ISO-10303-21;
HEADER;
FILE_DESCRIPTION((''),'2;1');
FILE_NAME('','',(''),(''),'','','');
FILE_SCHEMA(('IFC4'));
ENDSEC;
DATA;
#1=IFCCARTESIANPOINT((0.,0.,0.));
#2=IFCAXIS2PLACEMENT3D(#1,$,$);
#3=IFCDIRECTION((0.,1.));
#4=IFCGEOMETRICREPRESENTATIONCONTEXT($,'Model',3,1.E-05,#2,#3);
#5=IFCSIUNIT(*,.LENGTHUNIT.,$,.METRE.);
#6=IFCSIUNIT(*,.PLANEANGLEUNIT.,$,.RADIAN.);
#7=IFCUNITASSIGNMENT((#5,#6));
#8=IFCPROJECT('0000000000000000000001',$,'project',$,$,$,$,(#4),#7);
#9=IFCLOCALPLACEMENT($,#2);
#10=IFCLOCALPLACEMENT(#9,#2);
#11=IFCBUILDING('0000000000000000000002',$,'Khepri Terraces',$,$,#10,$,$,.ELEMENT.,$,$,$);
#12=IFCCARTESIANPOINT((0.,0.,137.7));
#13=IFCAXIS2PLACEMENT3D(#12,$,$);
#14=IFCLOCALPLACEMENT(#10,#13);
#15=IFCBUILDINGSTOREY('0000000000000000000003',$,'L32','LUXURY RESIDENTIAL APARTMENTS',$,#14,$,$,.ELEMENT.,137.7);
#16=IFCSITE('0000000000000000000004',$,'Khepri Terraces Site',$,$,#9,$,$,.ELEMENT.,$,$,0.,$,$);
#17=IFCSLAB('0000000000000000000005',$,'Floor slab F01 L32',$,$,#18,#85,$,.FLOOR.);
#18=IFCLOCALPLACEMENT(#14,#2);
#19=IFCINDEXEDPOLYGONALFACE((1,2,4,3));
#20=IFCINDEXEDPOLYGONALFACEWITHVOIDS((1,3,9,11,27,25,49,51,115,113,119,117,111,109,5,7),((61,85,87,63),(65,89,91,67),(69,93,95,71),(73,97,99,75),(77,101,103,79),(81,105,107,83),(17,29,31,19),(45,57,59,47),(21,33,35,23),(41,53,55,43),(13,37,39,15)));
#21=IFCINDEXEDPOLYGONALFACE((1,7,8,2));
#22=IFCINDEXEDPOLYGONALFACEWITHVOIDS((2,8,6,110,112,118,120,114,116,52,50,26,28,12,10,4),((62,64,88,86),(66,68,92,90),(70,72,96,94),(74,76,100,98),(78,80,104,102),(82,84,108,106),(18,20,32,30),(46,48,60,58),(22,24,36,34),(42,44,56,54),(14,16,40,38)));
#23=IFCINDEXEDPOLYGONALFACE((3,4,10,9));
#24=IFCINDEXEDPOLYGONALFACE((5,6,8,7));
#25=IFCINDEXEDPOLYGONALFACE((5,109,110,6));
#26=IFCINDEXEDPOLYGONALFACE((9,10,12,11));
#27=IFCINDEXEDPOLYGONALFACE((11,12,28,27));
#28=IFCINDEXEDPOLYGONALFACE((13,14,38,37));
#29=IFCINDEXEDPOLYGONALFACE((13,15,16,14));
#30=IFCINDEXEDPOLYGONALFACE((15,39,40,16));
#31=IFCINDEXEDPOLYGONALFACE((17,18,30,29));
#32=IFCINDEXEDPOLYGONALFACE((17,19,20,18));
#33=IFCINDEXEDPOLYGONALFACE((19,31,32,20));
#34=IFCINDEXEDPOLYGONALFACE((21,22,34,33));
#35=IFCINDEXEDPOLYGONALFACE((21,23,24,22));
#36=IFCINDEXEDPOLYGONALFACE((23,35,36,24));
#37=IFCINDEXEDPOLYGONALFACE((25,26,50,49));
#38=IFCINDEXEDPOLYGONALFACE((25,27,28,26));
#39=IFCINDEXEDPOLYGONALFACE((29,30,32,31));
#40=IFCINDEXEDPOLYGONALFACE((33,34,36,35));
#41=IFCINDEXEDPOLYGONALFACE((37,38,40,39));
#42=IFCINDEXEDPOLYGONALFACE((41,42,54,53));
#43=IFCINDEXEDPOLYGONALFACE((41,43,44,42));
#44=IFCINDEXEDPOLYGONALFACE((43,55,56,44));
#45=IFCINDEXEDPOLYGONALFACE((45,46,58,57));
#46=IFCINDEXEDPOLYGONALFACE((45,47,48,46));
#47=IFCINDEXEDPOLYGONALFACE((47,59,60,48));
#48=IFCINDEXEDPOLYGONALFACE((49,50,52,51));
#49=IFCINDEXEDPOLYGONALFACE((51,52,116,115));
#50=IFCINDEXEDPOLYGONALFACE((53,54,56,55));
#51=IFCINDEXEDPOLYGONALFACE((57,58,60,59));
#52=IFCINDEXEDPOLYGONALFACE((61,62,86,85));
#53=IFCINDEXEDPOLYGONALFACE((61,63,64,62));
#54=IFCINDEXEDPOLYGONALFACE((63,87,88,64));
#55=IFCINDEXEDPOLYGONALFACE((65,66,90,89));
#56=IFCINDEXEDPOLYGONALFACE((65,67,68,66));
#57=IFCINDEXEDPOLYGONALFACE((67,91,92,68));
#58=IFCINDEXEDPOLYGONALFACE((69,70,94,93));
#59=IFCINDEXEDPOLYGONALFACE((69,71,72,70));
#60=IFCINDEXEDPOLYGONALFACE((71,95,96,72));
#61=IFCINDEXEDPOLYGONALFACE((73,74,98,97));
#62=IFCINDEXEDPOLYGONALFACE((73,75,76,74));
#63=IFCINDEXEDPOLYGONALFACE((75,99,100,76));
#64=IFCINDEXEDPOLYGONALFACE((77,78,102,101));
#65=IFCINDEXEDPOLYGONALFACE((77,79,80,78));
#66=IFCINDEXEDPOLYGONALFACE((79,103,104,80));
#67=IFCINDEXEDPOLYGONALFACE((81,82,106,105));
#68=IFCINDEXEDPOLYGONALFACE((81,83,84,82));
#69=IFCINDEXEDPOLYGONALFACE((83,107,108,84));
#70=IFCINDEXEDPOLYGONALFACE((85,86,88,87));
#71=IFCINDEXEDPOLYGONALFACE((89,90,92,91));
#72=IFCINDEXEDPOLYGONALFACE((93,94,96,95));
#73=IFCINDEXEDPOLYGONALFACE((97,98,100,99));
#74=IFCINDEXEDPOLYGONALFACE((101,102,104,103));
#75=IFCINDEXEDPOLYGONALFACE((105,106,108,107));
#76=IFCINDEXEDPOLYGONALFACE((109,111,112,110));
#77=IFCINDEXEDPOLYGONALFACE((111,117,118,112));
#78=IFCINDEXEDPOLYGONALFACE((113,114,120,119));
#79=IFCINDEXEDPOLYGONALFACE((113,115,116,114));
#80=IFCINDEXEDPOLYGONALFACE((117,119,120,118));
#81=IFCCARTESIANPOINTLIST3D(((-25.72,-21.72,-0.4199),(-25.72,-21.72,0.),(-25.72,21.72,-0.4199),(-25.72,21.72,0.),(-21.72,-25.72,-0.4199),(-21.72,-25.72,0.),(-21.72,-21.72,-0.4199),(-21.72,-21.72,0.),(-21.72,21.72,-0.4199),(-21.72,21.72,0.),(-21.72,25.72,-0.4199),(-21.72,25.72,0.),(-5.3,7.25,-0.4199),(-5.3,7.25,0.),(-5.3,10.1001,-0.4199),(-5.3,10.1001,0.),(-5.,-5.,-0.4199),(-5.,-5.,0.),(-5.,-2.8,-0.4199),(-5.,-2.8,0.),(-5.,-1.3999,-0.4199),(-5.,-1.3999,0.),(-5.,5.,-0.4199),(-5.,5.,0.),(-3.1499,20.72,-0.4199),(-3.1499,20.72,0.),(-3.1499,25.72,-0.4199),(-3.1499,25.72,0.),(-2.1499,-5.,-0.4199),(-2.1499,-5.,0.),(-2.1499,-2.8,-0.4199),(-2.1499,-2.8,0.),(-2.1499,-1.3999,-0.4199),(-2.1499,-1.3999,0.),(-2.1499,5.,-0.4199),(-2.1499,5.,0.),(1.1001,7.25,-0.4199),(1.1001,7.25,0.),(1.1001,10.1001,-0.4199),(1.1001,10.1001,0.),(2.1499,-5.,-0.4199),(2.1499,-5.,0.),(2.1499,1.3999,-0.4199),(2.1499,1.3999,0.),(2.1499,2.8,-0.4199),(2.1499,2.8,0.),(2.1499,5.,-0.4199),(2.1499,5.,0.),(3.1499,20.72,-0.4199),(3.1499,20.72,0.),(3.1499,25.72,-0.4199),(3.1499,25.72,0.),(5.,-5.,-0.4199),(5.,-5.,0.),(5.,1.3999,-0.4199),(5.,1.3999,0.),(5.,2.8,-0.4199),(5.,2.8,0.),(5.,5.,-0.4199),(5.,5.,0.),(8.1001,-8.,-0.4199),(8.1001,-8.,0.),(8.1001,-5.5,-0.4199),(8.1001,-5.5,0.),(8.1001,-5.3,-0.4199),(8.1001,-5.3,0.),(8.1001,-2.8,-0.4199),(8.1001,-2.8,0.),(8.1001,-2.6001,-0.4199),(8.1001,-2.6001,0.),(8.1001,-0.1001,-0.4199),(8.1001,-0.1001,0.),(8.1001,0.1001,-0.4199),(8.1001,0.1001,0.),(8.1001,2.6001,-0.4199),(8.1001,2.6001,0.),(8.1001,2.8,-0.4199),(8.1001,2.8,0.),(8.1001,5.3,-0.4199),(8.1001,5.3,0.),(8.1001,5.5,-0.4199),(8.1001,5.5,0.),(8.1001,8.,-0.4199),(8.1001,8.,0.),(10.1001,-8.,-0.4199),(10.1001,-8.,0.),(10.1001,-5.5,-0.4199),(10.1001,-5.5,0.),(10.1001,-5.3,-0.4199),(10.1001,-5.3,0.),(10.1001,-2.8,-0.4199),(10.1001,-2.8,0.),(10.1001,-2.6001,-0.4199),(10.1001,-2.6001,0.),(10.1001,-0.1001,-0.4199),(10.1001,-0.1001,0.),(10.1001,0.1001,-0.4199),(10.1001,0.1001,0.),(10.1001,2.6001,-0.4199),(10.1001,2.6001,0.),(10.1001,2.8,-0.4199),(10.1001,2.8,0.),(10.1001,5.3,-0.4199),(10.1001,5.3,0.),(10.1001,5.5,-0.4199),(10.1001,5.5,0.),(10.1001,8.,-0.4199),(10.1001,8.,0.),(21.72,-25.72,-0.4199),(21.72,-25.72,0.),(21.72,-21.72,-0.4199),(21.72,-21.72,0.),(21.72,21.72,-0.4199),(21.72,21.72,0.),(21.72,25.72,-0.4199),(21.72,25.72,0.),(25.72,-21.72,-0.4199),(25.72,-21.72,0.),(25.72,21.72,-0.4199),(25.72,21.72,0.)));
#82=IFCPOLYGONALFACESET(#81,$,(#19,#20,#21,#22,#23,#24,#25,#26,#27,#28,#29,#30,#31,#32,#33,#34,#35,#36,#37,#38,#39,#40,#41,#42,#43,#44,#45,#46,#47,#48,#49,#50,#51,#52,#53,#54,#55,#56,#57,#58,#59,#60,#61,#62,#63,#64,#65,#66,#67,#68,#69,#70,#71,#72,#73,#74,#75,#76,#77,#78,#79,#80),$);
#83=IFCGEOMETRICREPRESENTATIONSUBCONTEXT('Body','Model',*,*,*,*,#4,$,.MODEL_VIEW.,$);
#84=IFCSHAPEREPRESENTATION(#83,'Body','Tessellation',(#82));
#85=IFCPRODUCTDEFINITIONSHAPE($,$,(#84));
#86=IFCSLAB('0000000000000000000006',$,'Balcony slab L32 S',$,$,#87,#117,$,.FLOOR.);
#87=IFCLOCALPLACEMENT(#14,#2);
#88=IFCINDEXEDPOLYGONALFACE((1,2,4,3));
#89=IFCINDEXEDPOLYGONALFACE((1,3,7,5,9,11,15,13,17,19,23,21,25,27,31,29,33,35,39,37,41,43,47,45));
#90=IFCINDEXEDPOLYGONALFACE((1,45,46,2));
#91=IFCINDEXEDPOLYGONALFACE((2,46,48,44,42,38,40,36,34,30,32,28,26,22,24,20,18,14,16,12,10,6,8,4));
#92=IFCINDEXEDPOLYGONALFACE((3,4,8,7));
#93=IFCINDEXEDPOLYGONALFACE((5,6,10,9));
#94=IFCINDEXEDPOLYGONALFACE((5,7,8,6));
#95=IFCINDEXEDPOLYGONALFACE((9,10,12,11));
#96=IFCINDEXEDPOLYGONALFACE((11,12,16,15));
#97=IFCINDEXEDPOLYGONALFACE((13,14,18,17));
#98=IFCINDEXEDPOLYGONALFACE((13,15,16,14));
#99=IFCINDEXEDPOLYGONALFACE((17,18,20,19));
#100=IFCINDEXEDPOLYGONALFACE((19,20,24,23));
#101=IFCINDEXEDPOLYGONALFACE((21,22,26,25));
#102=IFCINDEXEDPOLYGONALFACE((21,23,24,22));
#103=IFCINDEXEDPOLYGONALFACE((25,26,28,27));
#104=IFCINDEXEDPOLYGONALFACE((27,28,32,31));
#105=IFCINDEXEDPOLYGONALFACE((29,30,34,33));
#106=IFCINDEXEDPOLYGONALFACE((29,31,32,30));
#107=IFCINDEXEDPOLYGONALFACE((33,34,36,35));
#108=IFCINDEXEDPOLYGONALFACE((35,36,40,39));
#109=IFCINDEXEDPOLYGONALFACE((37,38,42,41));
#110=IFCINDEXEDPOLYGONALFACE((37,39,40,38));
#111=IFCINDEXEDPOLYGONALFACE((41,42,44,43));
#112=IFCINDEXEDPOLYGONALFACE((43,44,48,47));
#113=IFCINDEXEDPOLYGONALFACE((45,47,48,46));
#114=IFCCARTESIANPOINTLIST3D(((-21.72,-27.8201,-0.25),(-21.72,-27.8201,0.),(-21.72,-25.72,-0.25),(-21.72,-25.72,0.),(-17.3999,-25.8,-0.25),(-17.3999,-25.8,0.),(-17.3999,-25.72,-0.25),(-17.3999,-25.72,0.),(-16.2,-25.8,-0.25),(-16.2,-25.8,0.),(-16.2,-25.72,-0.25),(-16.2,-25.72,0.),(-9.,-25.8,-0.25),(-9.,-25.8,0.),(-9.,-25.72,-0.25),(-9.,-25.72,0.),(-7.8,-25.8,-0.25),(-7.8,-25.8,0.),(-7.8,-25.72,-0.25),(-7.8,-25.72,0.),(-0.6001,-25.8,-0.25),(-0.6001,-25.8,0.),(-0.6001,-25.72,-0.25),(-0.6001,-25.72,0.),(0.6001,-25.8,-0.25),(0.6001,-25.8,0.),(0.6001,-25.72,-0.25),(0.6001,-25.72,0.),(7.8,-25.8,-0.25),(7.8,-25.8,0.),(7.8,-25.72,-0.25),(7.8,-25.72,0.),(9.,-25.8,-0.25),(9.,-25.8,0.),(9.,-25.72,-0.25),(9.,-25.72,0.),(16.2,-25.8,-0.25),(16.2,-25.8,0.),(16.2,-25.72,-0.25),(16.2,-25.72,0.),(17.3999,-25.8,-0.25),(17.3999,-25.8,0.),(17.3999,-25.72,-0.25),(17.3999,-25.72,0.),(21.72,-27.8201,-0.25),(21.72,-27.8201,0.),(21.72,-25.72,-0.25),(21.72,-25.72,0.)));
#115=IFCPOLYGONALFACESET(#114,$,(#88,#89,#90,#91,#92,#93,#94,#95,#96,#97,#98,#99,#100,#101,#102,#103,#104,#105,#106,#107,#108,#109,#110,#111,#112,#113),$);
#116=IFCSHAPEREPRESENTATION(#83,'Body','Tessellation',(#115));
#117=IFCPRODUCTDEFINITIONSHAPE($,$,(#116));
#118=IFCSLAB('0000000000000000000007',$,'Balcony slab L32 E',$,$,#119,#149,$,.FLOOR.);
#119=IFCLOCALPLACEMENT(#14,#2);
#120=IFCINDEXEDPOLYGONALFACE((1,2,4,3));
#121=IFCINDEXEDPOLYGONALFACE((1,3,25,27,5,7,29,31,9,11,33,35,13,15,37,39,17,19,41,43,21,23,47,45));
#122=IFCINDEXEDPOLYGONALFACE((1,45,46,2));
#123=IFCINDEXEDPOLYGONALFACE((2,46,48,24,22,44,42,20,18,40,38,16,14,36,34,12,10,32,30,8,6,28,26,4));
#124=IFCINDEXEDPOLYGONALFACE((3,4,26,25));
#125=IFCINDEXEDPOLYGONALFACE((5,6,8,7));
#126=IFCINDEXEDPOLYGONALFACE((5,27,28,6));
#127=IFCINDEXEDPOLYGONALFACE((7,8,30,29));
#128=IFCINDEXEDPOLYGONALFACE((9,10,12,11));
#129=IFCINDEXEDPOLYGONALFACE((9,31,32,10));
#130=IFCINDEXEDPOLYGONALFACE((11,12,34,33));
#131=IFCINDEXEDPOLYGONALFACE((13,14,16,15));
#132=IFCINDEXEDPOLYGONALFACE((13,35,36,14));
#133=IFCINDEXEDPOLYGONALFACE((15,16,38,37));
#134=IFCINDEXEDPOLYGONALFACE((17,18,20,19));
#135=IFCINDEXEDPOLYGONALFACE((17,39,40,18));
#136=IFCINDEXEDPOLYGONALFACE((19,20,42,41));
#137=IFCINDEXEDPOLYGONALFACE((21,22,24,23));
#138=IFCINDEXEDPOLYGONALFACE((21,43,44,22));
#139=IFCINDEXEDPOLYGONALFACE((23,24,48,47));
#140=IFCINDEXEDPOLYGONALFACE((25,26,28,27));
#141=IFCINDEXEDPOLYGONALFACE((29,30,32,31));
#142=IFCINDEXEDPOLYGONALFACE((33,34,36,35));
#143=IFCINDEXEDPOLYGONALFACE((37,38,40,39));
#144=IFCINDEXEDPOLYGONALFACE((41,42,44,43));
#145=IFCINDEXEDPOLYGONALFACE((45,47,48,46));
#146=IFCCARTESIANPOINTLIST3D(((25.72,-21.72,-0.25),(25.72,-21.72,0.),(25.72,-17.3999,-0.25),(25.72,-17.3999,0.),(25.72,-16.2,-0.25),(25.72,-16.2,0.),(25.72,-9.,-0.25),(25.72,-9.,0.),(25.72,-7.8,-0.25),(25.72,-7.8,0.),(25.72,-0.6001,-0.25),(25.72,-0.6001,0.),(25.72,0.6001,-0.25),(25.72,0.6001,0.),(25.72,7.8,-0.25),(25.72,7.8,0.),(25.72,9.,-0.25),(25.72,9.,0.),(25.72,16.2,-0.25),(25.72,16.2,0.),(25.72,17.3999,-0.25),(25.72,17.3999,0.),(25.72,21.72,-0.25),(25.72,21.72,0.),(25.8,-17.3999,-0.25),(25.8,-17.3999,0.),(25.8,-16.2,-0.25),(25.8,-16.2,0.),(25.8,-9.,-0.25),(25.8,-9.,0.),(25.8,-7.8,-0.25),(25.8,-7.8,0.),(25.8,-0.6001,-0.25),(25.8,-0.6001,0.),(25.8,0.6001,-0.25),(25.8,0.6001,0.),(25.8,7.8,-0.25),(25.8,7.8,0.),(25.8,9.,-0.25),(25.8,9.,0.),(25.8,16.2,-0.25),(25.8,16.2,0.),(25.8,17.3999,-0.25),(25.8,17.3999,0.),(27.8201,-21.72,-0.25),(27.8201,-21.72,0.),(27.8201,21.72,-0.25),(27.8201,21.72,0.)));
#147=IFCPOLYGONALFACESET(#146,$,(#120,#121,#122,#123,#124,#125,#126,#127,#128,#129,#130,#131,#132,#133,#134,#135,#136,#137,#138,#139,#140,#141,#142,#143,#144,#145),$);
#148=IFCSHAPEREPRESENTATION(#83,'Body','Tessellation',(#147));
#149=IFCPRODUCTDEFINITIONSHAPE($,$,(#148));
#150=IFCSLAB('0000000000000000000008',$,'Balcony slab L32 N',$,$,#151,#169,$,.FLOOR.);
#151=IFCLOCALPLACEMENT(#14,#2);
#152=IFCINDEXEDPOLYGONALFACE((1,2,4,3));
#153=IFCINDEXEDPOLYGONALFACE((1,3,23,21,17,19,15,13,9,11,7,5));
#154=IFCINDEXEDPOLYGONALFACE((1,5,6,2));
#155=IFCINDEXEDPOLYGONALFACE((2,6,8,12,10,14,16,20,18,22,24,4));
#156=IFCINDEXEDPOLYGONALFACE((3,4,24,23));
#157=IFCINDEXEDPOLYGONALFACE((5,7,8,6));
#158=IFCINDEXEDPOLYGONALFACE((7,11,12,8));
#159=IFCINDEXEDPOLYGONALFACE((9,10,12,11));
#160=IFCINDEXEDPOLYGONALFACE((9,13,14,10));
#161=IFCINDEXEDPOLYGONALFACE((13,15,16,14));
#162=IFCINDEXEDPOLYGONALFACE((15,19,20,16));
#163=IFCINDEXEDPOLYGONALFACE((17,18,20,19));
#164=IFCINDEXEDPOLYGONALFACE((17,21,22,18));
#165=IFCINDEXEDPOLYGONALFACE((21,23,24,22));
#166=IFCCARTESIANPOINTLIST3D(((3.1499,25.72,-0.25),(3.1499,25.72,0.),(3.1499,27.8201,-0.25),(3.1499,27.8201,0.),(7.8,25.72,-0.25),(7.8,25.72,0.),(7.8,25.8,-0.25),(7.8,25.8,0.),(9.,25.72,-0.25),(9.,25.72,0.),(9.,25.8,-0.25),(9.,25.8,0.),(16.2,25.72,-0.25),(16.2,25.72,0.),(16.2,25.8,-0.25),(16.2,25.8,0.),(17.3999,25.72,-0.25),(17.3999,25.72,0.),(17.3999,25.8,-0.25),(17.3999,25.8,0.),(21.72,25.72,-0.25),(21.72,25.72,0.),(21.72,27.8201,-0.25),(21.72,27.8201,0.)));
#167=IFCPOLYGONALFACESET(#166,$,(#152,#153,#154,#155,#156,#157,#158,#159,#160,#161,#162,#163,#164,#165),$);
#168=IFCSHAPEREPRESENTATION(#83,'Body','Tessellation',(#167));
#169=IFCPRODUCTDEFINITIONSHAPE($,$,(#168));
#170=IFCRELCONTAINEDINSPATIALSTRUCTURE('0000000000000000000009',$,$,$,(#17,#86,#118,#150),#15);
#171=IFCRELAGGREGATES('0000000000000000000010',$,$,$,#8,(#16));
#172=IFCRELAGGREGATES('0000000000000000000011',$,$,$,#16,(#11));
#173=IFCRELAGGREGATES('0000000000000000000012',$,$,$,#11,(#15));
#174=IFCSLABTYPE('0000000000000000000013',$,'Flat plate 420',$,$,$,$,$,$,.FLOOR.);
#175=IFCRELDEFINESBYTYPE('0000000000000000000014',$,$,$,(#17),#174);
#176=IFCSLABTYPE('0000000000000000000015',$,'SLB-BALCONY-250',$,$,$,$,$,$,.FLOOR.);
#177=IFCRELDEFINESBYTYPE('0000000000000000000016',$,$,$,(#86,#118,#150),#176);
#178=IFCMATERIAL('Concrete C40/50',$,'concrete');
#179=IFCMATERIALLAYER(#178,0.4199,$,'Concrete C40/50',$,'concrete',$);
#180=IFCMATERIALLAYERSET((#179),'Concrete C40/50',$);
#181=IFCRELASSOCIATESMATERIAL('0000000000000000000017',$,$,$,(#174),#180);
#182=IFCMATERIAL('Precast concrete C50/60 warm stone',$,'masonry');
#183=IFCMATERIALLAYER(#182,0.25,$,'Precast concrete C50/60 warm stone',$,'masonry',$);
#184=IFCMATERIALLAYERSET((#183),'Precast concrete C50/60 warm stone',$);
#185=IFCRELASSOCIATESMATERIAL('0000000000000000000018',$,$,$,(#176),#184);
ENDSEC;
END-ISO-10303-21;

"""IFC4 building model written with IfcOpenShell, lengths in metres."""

from ifc_helpers import new_model, si_unit, direction, frame, origin, place, context, subcontext, project, spatial, polyline, outline, extrude, material, layer, layer_set, type_object, element, save


model = new_model("IFC4")

# Units and contexts
model_context = context("Model", 3, precision=1e-05, world=origin(), true_north=direction((0.0, 1.0)))
body_context = subcontext(model_context, "Body", "Model", "MODEL_VIEW")
ifc_project = project(units=[si_unit("LENGTHUNIT", "METRE"), si_unit("PLANEANGLEUNIT", "RADIAN")], contexts=[model_context])

# Site, building, storey
site_placement = place(None, origin())
site = spatial("IfcSite", under=ifc_project, at=site_placement, Name="Khepri Terraces Site", CompositionType="ELEMENT", RefElevation=0.0)
building_placement = place(site_placement, origin())
building = spatial("IfcBuilding", under=site, at=building_placement, Name="Khepri Terraces", CompositionType="ELEMENT")
storey_placement = place(building_placement, frame((0.0, 0.0, 137.7)))
storey = spatial("IfcBuildingStorey", under=building, at=storey_placement, Name="L32", Description="LUXURY RESIDENTIAL APARTMENTS", CompositionType="ELEMENT", Elevation=137.7)

# Slabs
ifc_material_1 = material(Name="Concrete C40/50", Category="concrete")
ifc_layer_1 = layer(ifc_material_1, 0.4199, Name="Concrete C40/50", Category="concrete")
ifc_layer_set_1 = layer_set([ifc_layer_1], Name="Concrete C40/50")
slab_type_1 = type_object("IfcSlabType", Name="Flat plate 420", PredefinedType="FLOOR", material=ifc_layer_set_1)
slab_1_placement = place(storey_placement, frame((0.0, 0.0, -0.4199)))
element("IfcSlab", 1, at=slab_1_placement, inside=storey, type_object=slab_type_1, Name="Floor slab F01 L32", PredefinedType="FLOOR", context=body_context, shape_type="SweptSolid", body=[
    extrude(outline(polyline([(3.1499, 25.72), (21.72, 25.72), (21.72, 21.72), (25.72, 21.72), (25.72, -21.72), (21.72, -21.72), (21.72, -25.72), (-21.72, -25.72), (-21.72, -21.72), (-25.72, -21.72), (-25.72, 21.72), (-21.72, 21.72), (-21.72, 25.72), (-3.1499, 25.72), (-3.1499, 20.72), (3.1499, 20.72), (3.1499, 25.72)]), holes=[polyline([(2.1499, 2.8), (5.0, 2.8), (5.0, 5.0), (2.1499, 5.0), (2.1499, 2.8)]), polyline([(-5.0, -2.8), (-5.0, -5.0), (-2.1499, -5.0), (-2.1499, -2.8), (-5.0, -2.8)]), polyline([(10.1001, -5.5), (8.1001, -5.5), (8.1001, -8.0), (10.1001, -8.0), (10.1001, -5.5)]), polyline([(10.1001, -5.3), (10.1001, -2.8), (8.1001, -2.8), (8.1001, -5.3), (10.1001, -5.3)]), polyline([(8.1001, -2.6001), (10.1001, -2.6001), (10.1001, -0.1001), (8.1001, -0.1001), (8.1001, -2.6001)]), polyline([(8.1001, 2.6001), (8.1001, 0.1001), (10.1001, 0.1001), (10.1001, 2.6001), (8.1001, 2.6001)]), polyline([(10.1001, 5.3), (8.1001, 5.3), (8.1001, 2.8), (10.1001, 2.8), (10.1001, 5.3)]), polyline([(10.1001, 5.5), (10.1001, 8.0), (8.1001, 8.0), (8.1001, 5.5), (10.1001, 5.5)]), polyline([(-5.0, -1.3999), (-2.1499, -1.3999), (-2.1499, 5.0), (-5.0, 5.0), (-5.0, -1.3999)]), polyline([(5.0, -5.0), (5.0, 1.3999), (2.1499, 1.3999), (2.1499, -5.0), (5.0, -5.0)]), polyline([(-5.3, 10.1001), (-5.3, 7.25), (1.1001, 7.25), (1.1001, 10.1001), (-5.3, 10.1001)])]), origin(), (0.0, 0.0, 1.0), 0.4199),
])
ifc_material_2 = material(Name="Precast concrete C50/60 warm stone", Category="masonry")
ifc_layer_2 = layer(ifc_material_2, 0.25, Name="Precast concrete C50/60 warm stone", Category="masonry")
ifc_layer_set_2 = layer_set([ifc_layer_2], Name="Precast concrete C50/60 warm stone")
slab_type_2 = type_object("IfcSlabType", Name="SLB-BALCONY-250", PredefinedType="FLOOR", material=ifc_layer_set_2)
slab_2_placement = place(storey_placement, frame((0.0, 0.0, -0.25)))
element("IfcSlab", 2, at=slab_2_placement, inside=storey, type_object=slab_type_2, Name="Balcony slab L32 S", PredefinedType="FLOOR", context=body_context, shape_type="SweptSolid", body=[
    extrude(outline(polyline([(-17.3999, -25.72), (-21.72, -25.72), (-21.72, -27.8201), (21.72, -27.8201), (21.72, -25.72), (17.3999, -25.72), (17.3999, -25.8), (16.2, -25.8), (16.2, -25.72), (9.0, -25.72), (9.0, -25.8), (7.8, -25.8), (7.8, -25.72), (0.6001, -25.72), (0.6001, -25.8), (-0.6001, -25.8), (-0.6001, -25.72), (-7.8, -25.72), (-7.8, -25.8), (-9.0, -25.8), (-9.0, -25.72), (-16.2, -25.72), (-16.2, -25.8), (-17.3999, -25.8), (-17.3999, -25.72)])), origin(), (0.0, 0.0, 1.0), 0.25),
])
slab_3_placement = place(storey_placement, frame((0.0, 0.0, -0.25)))
element("IfcSlab", 3, at=slab_3_placement, inside=storey, type_object=slab_type_2, Name="Balcony slab L32 E", PredefinedType="FLOOR", context=body_context, shape_type="SweptSolid", body=[
    extrude(outline(polyline([(25.72, -17.3999), (25.72, -21.72), (27.8201, -21.72), (27.8201, 21.72), (25.72, 21.72), (25.72, 17.3999), (25.8, 17.3999), (25.8, 16.2), (25.72, 16.2), (25.72, 9.0), (25.8, 9.0), (25.8, 7.8), (25.72, 7.8), (25.72, 0.6001), (25.8, 0.6001), (25.8, -0.6001), (25.72, -0.6001), (25.72, -7.8), (25.8, -7.8), (25.8, -9.0), (25.72, -9.0), (25.72, -16.2), (25.8, -16.2), (25.8, -17.3999), (25.72, -17.3999)])), origin(), (0.0, 0.0, 1.0), 0.25),
])
slab_4_placement = place(storey_placement, frame((0.0, 0.0, -0.25)))
element("IfcSlab", 4, at=slab_4_placement, inside=storey, type_object=slab_type_2, Name="Balcony slab L32 N", PredefinedType="FLOOR", context=body_context, shape_type="SweptSolid", body=[
    extrude(outline(polyline([(17.3999, 25.72), (21.72, 25.72), (21.72, 27.8201), (3.1499, 27.8201), (3.1499, 25.72), (7.8, 25.72), (7.8, 25.8), (9.0, 25.8), (9.0, 25.72), (16.2, 25.72), (16.2, 25.8), (17.3999, 25.8), (17.3999, 25.72)])), origin(), (0.0, 0.0, 1.0), 0.25),
])

save(model, "model.ifc")
